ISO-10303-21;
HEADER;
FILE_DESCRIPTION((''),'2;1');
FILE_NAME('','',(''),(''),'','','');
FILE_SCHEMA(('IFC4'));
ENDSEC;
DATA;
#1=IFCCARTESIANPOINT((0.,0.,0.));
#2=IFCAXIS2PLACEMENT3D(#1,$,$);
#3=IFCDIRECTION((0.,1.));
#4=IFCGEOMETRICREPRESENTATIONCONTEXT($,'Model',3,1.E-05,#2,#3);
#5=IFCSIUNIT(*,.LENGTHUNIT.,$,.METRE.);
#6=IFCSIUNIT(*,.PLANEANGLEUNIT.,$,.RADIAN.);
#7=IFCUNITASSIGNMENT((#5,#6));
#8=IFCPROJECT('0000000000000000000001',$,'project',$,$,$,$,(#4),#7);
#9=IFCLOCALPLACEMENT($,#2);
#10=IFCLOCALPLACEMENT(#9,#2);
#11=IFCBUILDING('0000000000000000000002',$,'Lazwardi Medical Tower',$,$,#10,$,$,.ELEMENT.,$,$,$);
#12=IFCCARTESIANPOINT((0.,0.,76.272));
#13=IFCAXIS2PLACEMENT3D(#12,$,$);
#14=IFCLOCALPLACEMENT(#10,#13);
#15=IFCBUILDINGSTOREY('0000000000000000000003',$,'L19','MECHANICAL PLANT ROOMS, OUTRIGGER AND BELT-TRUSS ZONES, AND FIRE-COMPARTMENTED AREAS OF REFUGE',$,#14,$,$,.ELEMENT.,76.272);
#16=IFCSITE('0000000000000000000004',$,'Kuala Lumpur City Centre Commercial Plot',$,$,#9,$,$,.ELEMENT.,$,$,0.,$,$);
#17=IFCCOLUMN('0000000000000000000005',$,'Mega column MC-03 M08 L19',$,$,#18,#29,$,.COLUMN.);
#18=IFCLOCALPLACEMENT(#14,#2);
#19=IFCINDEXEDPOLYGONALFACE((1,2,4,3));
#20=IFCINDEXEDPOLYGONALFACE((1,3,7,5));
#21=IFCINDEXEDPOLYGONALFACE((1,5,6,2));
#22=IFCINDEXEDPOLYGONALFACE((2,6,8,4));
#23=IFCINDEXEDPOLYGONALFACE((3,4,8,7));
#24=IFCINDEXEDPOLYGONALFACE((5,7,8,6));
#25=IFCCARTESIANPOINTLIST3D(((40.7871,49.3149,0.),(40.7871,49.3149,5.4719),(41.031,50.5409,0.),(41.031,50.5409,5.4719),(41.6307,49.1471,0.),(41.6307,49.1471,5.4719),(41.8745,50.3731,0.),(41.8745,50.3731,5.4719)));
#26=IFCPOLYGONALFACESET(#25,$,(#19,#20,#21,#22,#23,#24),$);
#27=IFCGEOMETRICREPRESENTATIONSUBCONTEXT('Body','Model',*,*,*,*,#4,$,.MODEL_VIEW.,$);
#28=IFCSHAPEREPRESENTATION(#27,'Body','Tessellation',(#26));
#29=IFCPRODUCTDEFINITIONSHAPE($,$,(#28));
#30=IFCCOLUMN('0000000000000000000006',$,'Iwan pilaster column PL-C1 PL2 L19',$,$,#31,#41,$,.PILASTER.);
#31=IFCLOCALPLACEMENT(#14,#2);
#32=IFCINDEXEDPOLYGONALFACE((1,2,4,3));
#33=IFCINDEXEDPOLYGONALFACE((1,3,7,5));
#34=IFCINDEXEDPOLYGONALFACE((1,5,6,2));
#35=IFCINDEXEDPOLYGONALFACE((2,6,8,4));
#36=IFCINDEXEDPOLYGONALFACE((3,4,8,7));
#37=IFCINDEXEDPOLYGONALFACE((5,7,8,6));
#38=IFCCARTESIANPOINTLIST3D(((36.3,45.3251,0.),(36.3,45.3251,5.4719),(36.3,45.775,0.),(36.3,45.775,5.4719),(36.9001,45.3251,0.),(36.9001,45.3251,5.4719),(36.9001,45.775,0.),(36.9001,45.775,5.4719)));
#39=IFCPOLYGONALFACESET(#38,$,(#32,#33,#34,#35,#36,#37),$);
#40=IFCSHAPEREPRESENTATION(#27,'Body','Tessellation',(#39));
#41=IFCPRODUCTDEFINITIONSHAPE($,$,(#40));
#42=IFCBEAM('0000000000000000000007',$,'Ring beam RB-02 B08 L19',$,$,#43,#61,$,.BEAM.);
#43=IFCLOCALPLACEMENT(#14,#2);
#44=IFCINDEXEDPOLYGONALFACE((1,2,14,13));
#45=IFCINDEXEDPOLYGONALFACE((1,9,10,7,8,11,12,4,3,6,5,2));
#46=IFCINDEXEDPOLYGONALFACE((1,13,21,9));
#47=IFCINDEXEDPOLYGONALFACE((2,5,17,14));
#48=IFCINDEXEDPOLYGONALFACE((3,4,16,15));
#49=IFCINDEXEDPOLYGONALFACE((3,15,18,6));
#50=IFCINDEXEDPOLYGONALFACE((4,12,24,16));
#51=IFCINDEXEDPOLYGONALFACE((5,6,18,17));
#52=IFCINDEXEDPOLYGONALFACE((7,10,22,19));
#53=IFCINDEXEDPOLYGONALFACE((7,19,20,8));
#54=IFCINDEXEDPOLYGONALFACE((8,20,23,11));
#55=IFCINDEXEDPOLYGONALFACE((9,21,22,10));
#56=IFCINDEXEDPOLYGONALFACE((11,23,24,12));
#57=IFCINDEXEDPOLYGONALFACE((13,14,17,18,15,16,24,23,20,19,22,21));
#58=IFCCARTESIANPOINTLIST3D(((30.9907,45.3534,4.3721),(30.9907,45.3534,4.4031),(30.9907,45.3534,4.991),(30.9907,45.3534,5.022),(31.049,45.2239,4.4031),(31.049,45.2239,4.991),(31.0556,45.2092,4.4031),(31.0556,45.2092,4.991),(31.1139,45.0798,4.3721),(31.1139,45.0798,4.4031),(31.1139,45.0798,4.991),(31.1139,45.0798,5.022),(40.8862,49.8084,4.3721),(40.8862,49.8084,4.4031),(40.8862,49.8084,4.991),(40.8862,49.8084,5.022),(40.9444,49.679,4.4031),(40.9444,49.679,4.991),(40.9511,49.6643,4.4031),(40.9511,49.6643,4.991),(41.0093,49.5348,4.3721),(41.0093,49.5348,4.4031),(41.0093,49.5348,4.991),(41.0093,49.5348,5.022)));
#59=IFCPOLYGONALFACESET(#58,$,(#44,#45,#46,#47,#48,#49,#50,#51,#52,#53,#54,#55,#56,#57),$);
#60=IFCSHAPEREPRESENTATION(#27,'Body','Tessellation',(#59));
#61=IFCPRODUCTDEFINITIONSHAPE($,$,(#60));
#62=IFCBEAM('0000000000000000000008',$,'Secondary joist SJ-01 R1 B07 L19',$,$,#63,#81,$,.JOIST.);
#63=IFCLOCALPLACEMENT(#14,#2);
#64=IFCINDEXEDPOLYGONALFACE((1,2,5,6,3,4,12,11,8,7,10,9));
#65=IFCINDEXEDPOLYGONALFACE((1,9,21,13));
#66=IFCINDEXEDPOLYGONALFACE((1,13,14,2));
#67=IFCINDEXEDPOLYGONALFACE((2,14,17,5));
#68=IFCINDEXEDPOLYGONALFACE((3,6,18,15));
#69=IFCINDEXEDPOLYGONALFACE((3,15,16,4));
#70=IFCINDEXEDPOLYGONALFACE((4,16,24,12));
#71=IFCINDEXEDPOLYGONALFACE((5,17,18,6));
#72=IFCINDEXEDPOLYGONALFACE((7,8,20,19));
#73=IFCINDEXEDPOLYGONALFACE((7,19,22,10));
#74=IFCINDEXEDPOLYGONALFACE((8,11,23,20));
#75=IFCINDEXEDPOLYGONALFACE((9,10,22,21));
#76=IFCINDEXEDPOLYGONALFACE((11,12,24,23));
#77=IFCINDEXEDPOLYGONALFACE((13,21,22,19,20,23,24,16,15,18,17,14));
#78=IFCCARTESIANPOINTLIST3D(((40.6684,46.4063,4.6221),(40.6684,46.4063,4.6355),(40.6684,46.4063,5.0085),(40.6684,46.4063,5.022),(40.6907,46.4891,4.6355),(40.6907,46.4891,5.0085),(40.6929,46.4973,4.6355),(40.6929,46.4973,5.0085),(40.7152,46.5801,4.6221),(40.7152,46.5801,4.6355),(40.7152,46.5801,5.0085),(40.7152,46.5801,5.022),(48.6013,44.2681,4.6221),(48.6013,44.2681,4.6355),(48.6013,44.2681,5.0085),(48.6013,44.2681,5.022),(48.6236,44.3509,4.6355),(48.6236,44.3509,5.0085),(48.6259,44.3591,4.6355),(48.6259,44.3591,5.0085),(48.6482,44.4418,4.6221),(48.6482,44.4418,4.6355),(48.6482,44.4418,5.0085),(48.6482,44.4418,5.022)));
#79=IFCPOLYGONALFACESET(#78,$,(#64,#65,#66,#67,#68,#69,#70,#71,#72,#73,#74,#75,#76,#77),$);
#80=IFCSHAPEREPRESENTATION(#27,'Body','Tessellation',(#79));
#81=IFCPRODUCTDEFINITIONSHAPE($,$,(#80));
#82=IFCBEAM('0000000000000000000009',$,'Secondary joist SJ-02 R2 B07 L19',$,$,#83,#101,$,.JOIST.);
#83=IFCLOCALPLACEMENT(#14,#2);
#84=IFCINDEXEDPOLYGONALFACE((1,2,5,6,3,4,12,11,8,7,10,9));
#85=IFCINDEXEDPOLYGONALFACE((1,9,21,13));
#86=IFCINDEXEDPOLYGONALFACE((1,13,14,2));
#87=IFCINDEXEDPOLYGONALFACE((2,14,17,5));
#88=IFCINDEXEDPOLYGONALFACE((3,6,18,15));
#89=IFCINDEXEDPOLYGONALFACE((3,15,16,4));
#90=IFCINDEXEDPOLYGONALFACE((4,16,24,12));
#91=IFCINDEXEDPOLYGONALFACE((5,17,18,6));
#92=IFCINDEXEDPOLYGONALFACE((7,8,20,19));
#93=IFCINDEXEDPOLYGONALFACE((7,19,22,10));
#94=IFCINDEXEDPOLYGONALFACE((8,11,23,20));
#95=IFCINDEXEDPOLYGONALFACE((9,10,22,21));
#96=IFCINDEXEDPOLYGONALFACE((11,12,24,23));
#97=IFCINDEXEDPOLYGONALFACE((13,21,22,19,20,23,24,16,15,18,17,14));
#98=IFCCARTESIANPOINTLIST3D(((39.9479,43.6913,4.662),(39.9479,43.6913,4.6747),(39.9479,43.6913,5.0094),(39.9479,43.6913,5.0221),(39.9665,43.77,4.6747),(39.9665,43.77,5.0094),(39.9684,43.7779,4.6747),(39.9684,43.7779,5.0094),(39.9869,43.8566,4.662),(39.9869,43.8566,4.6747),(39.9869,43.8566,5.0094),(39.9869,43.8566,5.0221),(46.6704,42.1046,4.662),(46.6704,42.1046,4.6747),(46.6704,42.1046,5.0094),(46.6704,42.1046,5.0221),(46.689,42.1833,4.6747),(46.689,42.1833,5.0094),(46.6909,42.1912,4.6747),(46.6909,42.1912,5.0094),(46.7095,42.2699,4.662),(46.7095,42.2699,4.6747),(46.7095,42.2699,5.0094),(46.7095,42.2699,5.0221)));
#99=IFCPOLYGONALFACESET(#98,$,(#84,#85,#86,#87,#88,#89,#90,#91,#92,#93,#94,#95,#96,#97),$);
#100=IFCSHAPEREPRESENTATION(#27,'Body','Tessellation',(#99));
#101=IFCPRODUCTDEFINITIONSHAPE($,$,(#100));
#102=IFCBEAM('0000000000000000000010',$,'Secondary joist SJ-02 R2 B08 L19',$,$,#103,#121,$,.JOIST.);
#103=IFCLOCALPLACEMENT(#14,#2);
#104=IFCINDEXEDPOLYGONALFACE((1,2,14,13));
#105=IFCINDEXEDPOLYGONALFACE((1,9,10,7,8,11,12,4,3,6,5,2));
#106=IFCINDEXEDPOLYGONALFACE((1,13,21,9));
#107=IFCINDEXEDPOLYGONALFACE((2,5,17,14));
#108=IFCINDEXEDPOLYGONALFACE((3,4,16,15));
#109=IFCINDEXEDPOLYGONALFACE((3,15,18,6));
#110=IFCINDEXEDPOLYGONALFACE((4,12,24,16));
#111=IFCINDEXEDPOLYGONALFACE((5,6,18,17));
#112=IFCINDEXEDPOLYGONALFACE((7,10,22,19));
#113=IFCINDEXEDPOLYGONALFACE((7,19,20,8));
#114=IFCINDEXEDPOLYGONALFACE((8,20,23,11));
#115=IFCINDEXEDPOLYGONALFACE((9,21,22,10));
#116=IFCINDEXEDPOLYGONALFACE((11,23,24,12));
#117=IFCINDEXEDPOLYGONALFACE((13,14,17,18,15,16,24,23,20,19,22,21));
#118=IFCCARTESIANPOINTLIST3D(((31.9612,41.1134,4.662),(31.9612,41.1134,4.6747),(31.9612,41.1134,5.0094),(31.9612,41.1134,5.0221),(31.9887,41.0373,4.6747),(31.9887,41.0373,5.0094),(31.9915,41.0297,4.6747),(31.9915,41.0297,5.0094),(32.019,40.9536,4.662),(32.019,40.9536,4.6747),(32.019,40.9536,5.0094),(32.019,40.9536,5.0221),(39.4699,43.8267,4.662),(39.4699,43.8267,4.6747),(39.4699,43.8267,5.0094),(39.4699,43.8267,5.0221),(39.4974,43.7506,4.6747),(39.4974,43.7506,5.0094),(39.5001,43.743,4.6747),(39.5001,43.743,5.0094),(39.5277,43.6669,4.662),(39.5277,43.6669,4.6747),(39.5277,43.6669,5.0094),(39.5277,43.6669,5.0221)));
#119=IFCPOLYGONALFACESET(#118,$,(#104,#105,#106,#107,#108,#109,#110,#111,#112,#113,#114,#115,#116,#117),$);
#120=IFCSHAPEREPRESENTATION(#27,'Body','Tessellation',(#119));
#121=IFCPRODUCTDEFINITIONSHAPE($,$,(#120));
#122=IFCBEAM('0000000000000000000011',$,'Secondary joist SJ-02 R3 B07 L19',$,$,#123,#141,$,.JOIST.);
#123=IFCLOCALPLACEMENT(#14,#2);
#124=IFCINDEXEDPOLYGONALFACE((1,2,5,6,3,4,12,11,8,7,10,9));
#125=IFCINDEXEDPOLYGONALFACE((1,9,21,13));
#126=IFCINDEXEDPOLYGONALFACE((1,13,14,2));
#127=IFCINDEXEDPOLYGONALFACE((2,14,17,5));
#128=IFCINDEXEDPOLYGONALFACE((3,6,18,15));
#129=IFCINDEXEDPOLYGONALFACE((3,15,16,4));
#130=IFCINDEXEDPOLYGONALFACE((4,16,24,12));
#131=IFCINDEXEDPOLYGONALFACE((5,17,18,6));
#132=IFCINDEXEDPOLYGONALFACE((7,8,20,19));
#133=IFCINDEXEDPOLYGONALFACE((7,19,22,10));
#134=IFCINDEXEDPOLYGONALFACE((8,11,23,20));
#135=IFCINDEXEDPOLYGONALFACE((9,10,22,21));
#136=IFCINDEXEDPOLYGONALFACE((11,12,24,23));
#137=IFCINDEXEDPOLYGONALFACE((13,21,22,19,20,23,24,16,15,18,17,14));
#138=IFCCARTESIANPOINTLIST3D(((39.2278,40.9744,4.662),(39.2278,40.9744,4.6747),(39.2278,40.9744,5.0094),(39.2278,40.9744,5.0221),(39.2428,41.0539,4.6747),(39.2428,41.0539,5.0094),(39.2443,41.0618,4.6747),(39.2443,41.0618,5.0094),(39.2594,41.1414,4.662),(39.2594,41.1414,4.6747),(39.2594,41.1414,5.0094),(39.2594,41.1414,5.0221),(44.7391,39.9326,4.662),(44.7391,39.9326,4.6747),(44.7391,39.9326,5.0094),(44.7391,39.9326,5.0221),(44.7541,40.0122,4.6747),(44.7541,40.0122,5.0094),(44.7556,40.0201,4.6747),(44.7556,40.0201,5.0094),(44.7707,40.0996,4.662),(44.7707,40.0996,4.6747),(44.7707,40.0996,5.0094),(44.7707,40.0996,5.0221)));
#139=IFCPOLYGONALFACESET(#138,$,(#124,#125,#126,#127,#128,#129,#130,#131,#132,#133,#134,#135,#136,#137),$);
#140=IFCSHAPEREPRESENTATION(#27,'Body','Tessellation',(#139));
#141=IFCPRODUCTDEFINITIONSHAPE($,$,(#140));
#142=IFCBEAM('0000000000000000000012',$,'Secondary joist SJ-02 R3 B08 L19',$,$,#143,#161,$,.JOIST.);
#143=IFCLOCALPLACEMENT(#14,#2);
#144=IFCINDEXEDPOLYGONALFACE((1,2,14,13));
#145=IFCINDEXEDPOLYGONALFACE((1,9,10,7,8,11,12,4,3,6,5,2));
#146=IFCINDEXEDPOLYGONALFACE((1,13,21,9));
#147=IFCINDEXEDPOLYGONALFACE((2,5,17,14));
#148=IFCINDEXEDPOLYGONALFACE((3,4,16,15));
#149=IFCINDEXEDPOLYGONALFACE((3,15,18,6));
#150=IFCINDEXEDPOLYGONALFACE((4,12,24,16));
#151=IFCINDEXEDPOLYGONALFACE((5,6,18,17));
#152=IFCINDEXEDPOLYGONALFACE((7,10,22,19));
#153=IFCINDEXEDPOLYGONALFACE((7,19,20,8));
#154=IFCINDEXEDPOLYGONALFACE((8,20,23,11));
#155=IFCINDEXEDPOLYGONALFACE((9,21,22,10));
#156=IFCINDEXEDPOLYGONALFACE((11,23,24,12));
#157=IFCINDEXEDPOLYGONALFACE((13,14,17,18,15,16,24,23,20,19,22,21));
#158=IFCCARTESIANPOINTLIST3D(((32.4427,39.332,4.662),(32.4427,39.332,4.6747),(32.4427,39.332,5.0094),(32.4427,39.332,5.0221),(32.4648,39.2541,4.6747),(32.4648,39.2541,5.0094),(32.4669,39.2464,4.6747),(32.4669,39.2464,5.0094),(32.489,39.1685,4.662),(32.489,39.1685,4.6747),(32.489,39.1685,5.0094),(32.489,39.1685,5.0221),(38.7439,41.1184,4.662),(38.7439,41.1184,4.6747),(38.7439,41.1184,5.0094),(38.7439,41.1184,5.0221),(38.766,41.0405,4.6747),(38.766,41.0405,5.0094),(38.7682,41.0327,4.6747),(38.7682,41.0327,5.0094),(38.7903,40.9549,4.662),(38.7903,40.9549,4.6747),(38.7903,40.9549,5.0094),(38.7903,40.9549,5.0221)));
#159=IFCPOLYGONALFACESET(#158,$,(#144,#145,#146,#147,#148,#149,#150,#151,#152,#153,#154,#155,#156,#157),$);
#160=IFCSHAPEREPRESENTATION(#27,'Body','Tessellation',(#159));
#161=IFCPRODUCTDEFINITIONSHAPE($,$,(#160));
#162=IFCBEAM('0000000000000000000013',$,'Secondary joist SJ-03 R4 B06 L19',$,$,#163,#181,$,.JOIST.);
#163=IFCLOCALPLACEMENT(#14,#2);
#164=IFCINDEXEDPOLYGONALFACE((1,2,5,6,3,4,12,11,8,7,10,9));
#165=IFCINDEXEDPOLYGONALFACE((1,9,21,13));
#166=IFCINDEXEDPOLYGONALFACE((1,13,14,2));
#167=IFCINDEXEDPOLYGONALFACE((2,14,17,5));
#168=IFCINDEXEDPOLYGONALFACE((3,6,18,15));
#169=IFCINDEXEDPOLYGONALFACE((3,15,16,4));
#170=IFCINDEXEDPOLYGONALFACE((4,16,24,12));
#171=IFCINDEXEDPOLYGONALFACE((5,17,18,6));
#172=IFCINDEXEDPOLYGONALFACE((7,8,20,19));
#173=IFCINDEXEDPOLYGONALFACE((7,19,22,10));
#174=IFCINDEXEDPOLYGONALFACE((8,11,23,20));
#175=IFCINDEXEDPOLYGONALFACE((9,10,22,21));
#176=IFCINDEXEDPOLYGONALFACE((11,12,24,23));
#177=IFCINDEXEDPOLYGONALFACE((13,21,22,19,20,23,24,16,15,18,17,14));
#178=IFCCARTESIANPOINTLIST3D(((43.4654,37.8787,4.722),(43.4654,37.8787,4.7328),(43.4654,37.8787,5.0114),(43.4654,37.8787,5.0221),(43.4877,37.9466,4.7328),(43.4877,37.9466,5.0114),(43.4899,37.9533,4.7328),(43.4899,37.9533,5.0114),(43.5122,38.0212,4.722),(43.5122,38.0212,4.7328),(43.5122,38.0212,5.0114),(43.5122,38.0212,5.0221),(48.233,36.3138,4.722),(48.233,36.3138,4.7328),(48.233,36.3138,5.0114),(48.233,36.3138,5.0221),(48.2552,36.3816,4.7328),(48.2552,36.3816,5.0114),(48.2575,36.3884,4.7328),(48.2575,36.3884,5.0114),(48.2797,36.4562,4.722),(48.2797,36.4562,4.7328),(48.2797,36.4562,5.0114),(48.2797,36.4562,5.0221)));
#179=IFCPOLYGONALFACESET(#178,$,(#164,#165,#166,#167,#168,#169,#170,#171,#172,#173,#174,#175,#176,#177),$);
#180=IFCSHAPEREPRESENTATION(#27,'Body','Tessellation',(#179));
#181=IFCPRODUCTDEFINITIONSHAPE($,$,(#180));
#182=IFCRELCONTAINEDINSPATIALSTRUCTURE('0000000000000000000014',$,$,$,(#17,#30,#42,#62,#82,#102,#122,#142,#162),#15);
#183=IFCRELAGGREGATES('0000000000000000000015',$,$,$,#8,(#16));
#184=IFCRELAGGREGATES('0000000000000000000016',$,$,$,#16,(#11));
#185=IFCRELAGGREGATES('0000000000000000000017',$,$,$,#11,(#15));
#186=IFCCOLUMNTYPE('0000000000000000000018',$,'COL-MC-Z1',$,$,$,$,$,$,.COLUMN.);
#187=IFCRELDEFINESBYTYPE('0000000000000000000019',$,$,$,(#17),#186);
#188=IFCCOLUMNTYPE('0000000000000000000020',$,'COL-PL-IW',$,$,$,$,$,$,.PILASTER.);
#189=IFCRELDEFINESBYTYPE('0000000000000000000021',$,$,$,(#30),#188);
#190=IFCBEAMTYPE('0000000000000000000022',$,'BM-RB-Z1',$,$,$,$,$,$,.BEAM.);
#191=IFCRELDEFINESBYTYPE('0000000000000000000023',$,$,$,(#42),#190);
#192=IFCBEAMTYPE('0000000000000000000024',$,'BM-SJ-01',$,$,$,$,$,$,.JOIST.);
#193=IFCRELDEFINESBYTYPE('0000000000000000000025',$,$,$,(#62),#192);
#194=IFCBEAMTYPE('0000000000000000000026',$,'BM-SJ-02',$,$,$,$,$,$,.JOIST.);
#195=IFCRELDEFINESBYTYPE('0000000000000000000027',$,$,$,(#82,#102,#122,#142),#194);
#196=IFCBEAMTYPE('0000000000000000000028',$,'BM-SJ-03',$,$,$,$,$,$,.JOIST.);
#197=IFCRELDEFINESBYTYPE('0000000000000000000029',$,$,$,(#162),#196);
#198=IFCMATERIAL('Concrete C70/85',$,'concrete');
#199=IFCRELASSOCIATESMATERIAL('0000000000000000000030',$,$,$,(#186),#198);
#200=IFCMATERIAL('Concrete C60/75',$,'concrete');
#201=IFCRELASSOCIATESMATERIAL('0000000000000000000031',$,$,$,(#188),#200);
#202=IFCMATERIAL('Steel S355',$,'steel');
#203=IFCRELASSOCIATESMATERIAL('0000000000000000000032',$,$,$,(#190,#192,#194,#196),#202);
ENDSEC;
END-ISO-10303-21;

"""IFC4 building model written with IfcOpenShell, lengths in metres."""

from ifc_helpers import new_model, si_unit, direction, frame, origin, origin_2d, place, context, subcontext, project, spatial, rectangle, i_section, extrude, material, material_profile, profile_set, type_object, element, save


model = new_model("IFC4")

# Units and contexts
model_context = context("Model", 3, precision=1e-05, world=origin(), true_north=direction((0.0, 1.0)))
body_context = subcontext(model_context, "Body", "Model", "MODEL_VIEW")
ifc_project = project(units=[si_unit("LENGTHUNIT", "METRE"), si_unit("PLANEANGLEUNIT", "RADIAN")], contexts=[model_context])

# Site, building, storey
site_placement = place(None, origin())
site = spatial("IfcSite", under=ifc_project, at=site_placement, Name="Kuala Lumpur City Centre Commercial Plot", CompositionType="ELEMENT", RefElevation=0.0)
building_placement = place(site_placement, origin())
building = spatial("IfcBuilding", under=site, at=building_placement, Name="Lazwardi Medical Tower", CompositionType="ELEMENT")
storey_placement = place(building_placement, frame((0.0, 0.0, 76.272)))
storey = spatial("IfcBuildingStorey", under=building, at=storey_placement, Name="L19", Description="MECHANICAL PLANT ROOMS, OUTRIGGER AND BELT-TRUSS ZONES, AND FIRE-COMPARTMENTED AREAS OF REFUGE", CompositionType="ELEMENT", Elevation=76.272)

# Columns
ifc_material_1 = material(Name="Concrete C70/85", Category="concrete")
ifc_material_profile_1 = material_profile(ifc_material_1, rectangle(XDim=1.25, YDim=0.8601, at=origin_2d()), Name="CFT-RECT 1250x860")
ifc_profile_set_1 = profile_set([ifc_material_profile_1], Name="Concrete C70/85")
column_type_1 = type_object("IfcColumnType", Name="COL-MC-Z1", PredefinedType="COLUMN", material=ifc_profile_set_1)
column_1_placement = place(storey_placement, frame((41.3308, 49.844, 0.0), z_axis=(0.0, 0.0, 1.0), x_axis=(0.19509, 0.980785, 0.0)))
element("IfcColumn", 1, at=column_1_placement, inside=storey, type_object=column_type_1, Name="Mega column MC-03 M08 L19", PredefinedType="COLUMN", context=body_context, shape_type="SweptSolid", body=[
    extrude(rectangle(XDim=1.25, YDim=0.8601, at=origin_2d()), origin(), (0.0, 0.0, 1.0), 5.4719),
])
ifc_material_2 = material(Name="Concrete C60/75", Category="concrete")
ifc_material_profile_2 = material_profile(ifc_material_2, rectangle(XDim=0.6001, YDim=0.45, at=origin_2d()), Name="RC 600x450")
ifc_profile_set_2 = profile_set([ifc_material_profile_2], Name="Concrete C60/75")
column_type_2 = type_object("IfcColumnType", Name="COL-PL-IW", PredefinedType="PILASTER", material=ifc_profile_set_2)
column_2_placement = place(storey_placement, frame((36.6001, 45.55, 0.0), z_axis=(0.0, 0.0, 1.0), x_axis=(1.0, 0.0, 0.0)))
element("IfcColumn", 2, at=column_2_placement, inside=storey, type_object=column_type_2, Name="Iwan pilaster column PL-C1 PL2 L19", PredefinedType="PILASTER", context=body_context, shape_type="SweptSolid", body=[
    extrude(rectangle(XDim=0.6001, YDim=0.45, at=origin_2d()), origin(), (0.0, 0.0, 1.0), 5.4719),
])

# Beams
ifc_material_3 = material(Name="Steel S355", Category="steel")
ifc_material_profile_3 = material_profile(ifc_material_3, i_section(OverallWidth=0.3, OverallDepth=0.6499, WebThickness=0.0161, FlangeThickness=0.031, at=origin_2d()), Name="HEB 650")
ifc_profile_set_3 = profile_set([ifc_material_profile_3], Name="Steel S355")
beam_type_1 = type_object("IfcBeamType", Name="BM-RB-Z1", PredefinedType="BEAM", material=ifc_profile_set_3)
beam_1_placement = place(storey_placement, frame((40.9478, 49.6716, 4.697), z_axis=(-0.911849, -0.410526, 0.0), x_axis=(0.410526, -0.911849, 0.0)))
element("IfcBeam", 3, at=beam_1_placement, inside=storey, type_object=beam_type_1, Name="Ring beam RB-02 B08 L19", PredefinedType="BEAM", context=body_context, shape_type="SweptSolid", body=[
    extrude(i_section(OverallWidth=0.3, OverallDepth=0.6499, WebThickness=0.0161, FlangeThickness=0.031, at=origin_2d()), origin(), (0.0, 0.0, 1.0), 10.8521),
])
ifc_material_profile_4 = material_profile(ifc_material_3, i_section(OverallWidth=0.1799, OverallDepth=0.3999, WebThickness=0.0085, FlangeThickness=0.0134, at=origin_2d()), Name="IPE 400")
ifc_profile_set_4 = profile_set([ifc_material_profile_4], Name="Steel S355")
beam_type_2 = type_object("IfcBeamType", Name="BM-SJ-01", PredefinedType="JOIST", material=ifc_profile_set_4)
beam_2_placement = place(storey_placement, frame((48.6248, 44.355, 4.822), z_axis=(-0.965542, 0.260247, 0.0), x_axis=(-0.260247, -0.965542, 0.0)))
element("IfcBeam", 4, at=beam_2_placement, inside=storey, type_object=beam_type_2, Name="Secondary joist SJ-01 R1 B07 L19", PredefinedType="JOIST", context=body_context, shape_type="SweptSolid", body=[
    extrude(i_section(OverallWidth=0.1799, OverallDepth=0.3999, WebThickness=0.0085, FlangeThickness=0.0134, at=origin_2d()), origin(), (0.0, 0.0, 1.0), 8.2161),
])
ifc_material_profile_5 = material_profile(ifc_material_3, i_section(OverallWidth=0.1699, OverallDepth=0.3601, WebThickness=0.0081, FlangeThickness=0.0127, at=origin_2d()), Name="IPE 360")
ifc_profile_set_5 = profile_set([ifc_material_profile_5], Name="Steel S355")
beam_type_3 = type_object("IfcBeamType", Name="BM-SJ-02", PredefinedType="JOIST", material=ifc_profile_set_5)
beam_3_placement = place(storey_placement, frame((46.6899, 42.1873, 4.842), z_axis=(-0.973258, 0.229715, 0.0), x_axis=(-0.229715, -0.973258, 0.0)))
element("IfcBeam", 5, at=beam_3_placement, inside=storey, type_object=beam_type_3, Name="Secondary joist SJ-02 R2 B07 L19", PredefinedType="JOIST", context=body_context, shape_type="SweptSolid", body=[
    extrude(i_section(OverallWidth=0.1699, OverallDepth=0.3601, WebThickness=0.0081, FlangeThickness=0.0127, at=origin_2d()), origin(), (0.0, 0.0, 1.0), 6.9072),
])
beam_4_placement = place(storey_placement, frame((39.4988, 43.7468, 4.842), z_axis=(-0.940479, -0.339852, 0.0), x_axis=(0.339852, -0.940479, 0.0)))
element("IfcBeam", 6, at=beam_4_placement, inside=storey, type_object=beam_type_3, Name="Secondary joist SJ-02 R2 B08 L19", PredefinedType="JOIST", context=body_context, shape_type="SweptSolid", body=[
    extrude(i_section(OverallWidth=0.1699, OverallDepth=0.3601, WebThickness=0.0081, FlangeThickness=0.0127, at=origin_2d()), origin(), (0.0, 0.0, 1.0), 7.9839),
])
beam_5_placement = place(storey_placement, frame((44.7549, 40.0161, 4.842), z_axis=(-0.9826, 0.185734, 0.0), x_axis=(-0.185734, -0.9826, 0.0)))
element("IfcBeam", 7, at=beam_5_placement, inside=storey, type_object=beam_type_3, Name="Secondary joist SJ-02 R3 B07 L19", PredefinedType="JOIST", context=body_context, shape_type="SweptSolid", body=[
    extrude(i_section(OverallWidth=0.1699, OverallDepth=0.3601, WebThickness=0.0081, FlangeThickness=0.0127, at=origin_2d()), origin(), (0.0, 0.0, 1.0), 5.6089),
])
beam_6_placement = place(storey_placement, frame((38.7671, 41.0366, 4.842), z_axis=(-0.962086, -0.272746, 0.0), x_axis=(0.272746, -0.962086, 0.0)))
element("IfcBeam", 8, at=beam_6_placement, inside=storey, type_object=beam_type_3, Name="Secondary joist SJ-02 R3 B08 L19", PredefinedType="JOIST", context=body_context, shape_type="SweptSolid", body=[
    extrude(i_section(OverallWidth=0.1699, OverallDepth=0.3601, WebThickness=0.0081, FlangeThickness=0.0127, at=origin_2d()), origin(), (0.0, 0.0, 1.0), 6.5496),
])
ifc_material_profile_6 = material_profile(ifc_material_3, i_section(OverallWidth=0.1499, OverallDepth=0.3, WebThickness=0.0071, FlangeThickness=0.0107, at=origin_2d()), Name="IPE 300")
ifc_profile_set_6 = profile_set([ifc_material_profile_6], Name="Steel S355")
beam_type_4 = type_object("IfcBeamType", Name="BM-SJ-03", PredefinedType="JOIST", material=ifc_profile_set_6)
beam_7_placement = place(storey_placement, frame((48.2563, 36.385, 4.8721), z_axis=(-0.950123, 0.311875, 0.0), x_axis=(-0.311875, -0.950123, 0.0)))
element("IfcBeam", 9, at=beam_7_placement, inside=storey, type_object=beam_type_4, Name="Secondary joist SJ-03 R4 B06 L19", PredefinedType="JOIST", context=body_context, shape_type="SweptSolid", body=[
    extrude(i_section(OverallWidth=0.1499, OverallDepth=0.3, WebThickness=0.0071, FlangeThickness=0.0107, at=origin_2d()), origin(), (0.0, 0.0, 1.0), 5.0178),
])

save(model, "model.ifc")
